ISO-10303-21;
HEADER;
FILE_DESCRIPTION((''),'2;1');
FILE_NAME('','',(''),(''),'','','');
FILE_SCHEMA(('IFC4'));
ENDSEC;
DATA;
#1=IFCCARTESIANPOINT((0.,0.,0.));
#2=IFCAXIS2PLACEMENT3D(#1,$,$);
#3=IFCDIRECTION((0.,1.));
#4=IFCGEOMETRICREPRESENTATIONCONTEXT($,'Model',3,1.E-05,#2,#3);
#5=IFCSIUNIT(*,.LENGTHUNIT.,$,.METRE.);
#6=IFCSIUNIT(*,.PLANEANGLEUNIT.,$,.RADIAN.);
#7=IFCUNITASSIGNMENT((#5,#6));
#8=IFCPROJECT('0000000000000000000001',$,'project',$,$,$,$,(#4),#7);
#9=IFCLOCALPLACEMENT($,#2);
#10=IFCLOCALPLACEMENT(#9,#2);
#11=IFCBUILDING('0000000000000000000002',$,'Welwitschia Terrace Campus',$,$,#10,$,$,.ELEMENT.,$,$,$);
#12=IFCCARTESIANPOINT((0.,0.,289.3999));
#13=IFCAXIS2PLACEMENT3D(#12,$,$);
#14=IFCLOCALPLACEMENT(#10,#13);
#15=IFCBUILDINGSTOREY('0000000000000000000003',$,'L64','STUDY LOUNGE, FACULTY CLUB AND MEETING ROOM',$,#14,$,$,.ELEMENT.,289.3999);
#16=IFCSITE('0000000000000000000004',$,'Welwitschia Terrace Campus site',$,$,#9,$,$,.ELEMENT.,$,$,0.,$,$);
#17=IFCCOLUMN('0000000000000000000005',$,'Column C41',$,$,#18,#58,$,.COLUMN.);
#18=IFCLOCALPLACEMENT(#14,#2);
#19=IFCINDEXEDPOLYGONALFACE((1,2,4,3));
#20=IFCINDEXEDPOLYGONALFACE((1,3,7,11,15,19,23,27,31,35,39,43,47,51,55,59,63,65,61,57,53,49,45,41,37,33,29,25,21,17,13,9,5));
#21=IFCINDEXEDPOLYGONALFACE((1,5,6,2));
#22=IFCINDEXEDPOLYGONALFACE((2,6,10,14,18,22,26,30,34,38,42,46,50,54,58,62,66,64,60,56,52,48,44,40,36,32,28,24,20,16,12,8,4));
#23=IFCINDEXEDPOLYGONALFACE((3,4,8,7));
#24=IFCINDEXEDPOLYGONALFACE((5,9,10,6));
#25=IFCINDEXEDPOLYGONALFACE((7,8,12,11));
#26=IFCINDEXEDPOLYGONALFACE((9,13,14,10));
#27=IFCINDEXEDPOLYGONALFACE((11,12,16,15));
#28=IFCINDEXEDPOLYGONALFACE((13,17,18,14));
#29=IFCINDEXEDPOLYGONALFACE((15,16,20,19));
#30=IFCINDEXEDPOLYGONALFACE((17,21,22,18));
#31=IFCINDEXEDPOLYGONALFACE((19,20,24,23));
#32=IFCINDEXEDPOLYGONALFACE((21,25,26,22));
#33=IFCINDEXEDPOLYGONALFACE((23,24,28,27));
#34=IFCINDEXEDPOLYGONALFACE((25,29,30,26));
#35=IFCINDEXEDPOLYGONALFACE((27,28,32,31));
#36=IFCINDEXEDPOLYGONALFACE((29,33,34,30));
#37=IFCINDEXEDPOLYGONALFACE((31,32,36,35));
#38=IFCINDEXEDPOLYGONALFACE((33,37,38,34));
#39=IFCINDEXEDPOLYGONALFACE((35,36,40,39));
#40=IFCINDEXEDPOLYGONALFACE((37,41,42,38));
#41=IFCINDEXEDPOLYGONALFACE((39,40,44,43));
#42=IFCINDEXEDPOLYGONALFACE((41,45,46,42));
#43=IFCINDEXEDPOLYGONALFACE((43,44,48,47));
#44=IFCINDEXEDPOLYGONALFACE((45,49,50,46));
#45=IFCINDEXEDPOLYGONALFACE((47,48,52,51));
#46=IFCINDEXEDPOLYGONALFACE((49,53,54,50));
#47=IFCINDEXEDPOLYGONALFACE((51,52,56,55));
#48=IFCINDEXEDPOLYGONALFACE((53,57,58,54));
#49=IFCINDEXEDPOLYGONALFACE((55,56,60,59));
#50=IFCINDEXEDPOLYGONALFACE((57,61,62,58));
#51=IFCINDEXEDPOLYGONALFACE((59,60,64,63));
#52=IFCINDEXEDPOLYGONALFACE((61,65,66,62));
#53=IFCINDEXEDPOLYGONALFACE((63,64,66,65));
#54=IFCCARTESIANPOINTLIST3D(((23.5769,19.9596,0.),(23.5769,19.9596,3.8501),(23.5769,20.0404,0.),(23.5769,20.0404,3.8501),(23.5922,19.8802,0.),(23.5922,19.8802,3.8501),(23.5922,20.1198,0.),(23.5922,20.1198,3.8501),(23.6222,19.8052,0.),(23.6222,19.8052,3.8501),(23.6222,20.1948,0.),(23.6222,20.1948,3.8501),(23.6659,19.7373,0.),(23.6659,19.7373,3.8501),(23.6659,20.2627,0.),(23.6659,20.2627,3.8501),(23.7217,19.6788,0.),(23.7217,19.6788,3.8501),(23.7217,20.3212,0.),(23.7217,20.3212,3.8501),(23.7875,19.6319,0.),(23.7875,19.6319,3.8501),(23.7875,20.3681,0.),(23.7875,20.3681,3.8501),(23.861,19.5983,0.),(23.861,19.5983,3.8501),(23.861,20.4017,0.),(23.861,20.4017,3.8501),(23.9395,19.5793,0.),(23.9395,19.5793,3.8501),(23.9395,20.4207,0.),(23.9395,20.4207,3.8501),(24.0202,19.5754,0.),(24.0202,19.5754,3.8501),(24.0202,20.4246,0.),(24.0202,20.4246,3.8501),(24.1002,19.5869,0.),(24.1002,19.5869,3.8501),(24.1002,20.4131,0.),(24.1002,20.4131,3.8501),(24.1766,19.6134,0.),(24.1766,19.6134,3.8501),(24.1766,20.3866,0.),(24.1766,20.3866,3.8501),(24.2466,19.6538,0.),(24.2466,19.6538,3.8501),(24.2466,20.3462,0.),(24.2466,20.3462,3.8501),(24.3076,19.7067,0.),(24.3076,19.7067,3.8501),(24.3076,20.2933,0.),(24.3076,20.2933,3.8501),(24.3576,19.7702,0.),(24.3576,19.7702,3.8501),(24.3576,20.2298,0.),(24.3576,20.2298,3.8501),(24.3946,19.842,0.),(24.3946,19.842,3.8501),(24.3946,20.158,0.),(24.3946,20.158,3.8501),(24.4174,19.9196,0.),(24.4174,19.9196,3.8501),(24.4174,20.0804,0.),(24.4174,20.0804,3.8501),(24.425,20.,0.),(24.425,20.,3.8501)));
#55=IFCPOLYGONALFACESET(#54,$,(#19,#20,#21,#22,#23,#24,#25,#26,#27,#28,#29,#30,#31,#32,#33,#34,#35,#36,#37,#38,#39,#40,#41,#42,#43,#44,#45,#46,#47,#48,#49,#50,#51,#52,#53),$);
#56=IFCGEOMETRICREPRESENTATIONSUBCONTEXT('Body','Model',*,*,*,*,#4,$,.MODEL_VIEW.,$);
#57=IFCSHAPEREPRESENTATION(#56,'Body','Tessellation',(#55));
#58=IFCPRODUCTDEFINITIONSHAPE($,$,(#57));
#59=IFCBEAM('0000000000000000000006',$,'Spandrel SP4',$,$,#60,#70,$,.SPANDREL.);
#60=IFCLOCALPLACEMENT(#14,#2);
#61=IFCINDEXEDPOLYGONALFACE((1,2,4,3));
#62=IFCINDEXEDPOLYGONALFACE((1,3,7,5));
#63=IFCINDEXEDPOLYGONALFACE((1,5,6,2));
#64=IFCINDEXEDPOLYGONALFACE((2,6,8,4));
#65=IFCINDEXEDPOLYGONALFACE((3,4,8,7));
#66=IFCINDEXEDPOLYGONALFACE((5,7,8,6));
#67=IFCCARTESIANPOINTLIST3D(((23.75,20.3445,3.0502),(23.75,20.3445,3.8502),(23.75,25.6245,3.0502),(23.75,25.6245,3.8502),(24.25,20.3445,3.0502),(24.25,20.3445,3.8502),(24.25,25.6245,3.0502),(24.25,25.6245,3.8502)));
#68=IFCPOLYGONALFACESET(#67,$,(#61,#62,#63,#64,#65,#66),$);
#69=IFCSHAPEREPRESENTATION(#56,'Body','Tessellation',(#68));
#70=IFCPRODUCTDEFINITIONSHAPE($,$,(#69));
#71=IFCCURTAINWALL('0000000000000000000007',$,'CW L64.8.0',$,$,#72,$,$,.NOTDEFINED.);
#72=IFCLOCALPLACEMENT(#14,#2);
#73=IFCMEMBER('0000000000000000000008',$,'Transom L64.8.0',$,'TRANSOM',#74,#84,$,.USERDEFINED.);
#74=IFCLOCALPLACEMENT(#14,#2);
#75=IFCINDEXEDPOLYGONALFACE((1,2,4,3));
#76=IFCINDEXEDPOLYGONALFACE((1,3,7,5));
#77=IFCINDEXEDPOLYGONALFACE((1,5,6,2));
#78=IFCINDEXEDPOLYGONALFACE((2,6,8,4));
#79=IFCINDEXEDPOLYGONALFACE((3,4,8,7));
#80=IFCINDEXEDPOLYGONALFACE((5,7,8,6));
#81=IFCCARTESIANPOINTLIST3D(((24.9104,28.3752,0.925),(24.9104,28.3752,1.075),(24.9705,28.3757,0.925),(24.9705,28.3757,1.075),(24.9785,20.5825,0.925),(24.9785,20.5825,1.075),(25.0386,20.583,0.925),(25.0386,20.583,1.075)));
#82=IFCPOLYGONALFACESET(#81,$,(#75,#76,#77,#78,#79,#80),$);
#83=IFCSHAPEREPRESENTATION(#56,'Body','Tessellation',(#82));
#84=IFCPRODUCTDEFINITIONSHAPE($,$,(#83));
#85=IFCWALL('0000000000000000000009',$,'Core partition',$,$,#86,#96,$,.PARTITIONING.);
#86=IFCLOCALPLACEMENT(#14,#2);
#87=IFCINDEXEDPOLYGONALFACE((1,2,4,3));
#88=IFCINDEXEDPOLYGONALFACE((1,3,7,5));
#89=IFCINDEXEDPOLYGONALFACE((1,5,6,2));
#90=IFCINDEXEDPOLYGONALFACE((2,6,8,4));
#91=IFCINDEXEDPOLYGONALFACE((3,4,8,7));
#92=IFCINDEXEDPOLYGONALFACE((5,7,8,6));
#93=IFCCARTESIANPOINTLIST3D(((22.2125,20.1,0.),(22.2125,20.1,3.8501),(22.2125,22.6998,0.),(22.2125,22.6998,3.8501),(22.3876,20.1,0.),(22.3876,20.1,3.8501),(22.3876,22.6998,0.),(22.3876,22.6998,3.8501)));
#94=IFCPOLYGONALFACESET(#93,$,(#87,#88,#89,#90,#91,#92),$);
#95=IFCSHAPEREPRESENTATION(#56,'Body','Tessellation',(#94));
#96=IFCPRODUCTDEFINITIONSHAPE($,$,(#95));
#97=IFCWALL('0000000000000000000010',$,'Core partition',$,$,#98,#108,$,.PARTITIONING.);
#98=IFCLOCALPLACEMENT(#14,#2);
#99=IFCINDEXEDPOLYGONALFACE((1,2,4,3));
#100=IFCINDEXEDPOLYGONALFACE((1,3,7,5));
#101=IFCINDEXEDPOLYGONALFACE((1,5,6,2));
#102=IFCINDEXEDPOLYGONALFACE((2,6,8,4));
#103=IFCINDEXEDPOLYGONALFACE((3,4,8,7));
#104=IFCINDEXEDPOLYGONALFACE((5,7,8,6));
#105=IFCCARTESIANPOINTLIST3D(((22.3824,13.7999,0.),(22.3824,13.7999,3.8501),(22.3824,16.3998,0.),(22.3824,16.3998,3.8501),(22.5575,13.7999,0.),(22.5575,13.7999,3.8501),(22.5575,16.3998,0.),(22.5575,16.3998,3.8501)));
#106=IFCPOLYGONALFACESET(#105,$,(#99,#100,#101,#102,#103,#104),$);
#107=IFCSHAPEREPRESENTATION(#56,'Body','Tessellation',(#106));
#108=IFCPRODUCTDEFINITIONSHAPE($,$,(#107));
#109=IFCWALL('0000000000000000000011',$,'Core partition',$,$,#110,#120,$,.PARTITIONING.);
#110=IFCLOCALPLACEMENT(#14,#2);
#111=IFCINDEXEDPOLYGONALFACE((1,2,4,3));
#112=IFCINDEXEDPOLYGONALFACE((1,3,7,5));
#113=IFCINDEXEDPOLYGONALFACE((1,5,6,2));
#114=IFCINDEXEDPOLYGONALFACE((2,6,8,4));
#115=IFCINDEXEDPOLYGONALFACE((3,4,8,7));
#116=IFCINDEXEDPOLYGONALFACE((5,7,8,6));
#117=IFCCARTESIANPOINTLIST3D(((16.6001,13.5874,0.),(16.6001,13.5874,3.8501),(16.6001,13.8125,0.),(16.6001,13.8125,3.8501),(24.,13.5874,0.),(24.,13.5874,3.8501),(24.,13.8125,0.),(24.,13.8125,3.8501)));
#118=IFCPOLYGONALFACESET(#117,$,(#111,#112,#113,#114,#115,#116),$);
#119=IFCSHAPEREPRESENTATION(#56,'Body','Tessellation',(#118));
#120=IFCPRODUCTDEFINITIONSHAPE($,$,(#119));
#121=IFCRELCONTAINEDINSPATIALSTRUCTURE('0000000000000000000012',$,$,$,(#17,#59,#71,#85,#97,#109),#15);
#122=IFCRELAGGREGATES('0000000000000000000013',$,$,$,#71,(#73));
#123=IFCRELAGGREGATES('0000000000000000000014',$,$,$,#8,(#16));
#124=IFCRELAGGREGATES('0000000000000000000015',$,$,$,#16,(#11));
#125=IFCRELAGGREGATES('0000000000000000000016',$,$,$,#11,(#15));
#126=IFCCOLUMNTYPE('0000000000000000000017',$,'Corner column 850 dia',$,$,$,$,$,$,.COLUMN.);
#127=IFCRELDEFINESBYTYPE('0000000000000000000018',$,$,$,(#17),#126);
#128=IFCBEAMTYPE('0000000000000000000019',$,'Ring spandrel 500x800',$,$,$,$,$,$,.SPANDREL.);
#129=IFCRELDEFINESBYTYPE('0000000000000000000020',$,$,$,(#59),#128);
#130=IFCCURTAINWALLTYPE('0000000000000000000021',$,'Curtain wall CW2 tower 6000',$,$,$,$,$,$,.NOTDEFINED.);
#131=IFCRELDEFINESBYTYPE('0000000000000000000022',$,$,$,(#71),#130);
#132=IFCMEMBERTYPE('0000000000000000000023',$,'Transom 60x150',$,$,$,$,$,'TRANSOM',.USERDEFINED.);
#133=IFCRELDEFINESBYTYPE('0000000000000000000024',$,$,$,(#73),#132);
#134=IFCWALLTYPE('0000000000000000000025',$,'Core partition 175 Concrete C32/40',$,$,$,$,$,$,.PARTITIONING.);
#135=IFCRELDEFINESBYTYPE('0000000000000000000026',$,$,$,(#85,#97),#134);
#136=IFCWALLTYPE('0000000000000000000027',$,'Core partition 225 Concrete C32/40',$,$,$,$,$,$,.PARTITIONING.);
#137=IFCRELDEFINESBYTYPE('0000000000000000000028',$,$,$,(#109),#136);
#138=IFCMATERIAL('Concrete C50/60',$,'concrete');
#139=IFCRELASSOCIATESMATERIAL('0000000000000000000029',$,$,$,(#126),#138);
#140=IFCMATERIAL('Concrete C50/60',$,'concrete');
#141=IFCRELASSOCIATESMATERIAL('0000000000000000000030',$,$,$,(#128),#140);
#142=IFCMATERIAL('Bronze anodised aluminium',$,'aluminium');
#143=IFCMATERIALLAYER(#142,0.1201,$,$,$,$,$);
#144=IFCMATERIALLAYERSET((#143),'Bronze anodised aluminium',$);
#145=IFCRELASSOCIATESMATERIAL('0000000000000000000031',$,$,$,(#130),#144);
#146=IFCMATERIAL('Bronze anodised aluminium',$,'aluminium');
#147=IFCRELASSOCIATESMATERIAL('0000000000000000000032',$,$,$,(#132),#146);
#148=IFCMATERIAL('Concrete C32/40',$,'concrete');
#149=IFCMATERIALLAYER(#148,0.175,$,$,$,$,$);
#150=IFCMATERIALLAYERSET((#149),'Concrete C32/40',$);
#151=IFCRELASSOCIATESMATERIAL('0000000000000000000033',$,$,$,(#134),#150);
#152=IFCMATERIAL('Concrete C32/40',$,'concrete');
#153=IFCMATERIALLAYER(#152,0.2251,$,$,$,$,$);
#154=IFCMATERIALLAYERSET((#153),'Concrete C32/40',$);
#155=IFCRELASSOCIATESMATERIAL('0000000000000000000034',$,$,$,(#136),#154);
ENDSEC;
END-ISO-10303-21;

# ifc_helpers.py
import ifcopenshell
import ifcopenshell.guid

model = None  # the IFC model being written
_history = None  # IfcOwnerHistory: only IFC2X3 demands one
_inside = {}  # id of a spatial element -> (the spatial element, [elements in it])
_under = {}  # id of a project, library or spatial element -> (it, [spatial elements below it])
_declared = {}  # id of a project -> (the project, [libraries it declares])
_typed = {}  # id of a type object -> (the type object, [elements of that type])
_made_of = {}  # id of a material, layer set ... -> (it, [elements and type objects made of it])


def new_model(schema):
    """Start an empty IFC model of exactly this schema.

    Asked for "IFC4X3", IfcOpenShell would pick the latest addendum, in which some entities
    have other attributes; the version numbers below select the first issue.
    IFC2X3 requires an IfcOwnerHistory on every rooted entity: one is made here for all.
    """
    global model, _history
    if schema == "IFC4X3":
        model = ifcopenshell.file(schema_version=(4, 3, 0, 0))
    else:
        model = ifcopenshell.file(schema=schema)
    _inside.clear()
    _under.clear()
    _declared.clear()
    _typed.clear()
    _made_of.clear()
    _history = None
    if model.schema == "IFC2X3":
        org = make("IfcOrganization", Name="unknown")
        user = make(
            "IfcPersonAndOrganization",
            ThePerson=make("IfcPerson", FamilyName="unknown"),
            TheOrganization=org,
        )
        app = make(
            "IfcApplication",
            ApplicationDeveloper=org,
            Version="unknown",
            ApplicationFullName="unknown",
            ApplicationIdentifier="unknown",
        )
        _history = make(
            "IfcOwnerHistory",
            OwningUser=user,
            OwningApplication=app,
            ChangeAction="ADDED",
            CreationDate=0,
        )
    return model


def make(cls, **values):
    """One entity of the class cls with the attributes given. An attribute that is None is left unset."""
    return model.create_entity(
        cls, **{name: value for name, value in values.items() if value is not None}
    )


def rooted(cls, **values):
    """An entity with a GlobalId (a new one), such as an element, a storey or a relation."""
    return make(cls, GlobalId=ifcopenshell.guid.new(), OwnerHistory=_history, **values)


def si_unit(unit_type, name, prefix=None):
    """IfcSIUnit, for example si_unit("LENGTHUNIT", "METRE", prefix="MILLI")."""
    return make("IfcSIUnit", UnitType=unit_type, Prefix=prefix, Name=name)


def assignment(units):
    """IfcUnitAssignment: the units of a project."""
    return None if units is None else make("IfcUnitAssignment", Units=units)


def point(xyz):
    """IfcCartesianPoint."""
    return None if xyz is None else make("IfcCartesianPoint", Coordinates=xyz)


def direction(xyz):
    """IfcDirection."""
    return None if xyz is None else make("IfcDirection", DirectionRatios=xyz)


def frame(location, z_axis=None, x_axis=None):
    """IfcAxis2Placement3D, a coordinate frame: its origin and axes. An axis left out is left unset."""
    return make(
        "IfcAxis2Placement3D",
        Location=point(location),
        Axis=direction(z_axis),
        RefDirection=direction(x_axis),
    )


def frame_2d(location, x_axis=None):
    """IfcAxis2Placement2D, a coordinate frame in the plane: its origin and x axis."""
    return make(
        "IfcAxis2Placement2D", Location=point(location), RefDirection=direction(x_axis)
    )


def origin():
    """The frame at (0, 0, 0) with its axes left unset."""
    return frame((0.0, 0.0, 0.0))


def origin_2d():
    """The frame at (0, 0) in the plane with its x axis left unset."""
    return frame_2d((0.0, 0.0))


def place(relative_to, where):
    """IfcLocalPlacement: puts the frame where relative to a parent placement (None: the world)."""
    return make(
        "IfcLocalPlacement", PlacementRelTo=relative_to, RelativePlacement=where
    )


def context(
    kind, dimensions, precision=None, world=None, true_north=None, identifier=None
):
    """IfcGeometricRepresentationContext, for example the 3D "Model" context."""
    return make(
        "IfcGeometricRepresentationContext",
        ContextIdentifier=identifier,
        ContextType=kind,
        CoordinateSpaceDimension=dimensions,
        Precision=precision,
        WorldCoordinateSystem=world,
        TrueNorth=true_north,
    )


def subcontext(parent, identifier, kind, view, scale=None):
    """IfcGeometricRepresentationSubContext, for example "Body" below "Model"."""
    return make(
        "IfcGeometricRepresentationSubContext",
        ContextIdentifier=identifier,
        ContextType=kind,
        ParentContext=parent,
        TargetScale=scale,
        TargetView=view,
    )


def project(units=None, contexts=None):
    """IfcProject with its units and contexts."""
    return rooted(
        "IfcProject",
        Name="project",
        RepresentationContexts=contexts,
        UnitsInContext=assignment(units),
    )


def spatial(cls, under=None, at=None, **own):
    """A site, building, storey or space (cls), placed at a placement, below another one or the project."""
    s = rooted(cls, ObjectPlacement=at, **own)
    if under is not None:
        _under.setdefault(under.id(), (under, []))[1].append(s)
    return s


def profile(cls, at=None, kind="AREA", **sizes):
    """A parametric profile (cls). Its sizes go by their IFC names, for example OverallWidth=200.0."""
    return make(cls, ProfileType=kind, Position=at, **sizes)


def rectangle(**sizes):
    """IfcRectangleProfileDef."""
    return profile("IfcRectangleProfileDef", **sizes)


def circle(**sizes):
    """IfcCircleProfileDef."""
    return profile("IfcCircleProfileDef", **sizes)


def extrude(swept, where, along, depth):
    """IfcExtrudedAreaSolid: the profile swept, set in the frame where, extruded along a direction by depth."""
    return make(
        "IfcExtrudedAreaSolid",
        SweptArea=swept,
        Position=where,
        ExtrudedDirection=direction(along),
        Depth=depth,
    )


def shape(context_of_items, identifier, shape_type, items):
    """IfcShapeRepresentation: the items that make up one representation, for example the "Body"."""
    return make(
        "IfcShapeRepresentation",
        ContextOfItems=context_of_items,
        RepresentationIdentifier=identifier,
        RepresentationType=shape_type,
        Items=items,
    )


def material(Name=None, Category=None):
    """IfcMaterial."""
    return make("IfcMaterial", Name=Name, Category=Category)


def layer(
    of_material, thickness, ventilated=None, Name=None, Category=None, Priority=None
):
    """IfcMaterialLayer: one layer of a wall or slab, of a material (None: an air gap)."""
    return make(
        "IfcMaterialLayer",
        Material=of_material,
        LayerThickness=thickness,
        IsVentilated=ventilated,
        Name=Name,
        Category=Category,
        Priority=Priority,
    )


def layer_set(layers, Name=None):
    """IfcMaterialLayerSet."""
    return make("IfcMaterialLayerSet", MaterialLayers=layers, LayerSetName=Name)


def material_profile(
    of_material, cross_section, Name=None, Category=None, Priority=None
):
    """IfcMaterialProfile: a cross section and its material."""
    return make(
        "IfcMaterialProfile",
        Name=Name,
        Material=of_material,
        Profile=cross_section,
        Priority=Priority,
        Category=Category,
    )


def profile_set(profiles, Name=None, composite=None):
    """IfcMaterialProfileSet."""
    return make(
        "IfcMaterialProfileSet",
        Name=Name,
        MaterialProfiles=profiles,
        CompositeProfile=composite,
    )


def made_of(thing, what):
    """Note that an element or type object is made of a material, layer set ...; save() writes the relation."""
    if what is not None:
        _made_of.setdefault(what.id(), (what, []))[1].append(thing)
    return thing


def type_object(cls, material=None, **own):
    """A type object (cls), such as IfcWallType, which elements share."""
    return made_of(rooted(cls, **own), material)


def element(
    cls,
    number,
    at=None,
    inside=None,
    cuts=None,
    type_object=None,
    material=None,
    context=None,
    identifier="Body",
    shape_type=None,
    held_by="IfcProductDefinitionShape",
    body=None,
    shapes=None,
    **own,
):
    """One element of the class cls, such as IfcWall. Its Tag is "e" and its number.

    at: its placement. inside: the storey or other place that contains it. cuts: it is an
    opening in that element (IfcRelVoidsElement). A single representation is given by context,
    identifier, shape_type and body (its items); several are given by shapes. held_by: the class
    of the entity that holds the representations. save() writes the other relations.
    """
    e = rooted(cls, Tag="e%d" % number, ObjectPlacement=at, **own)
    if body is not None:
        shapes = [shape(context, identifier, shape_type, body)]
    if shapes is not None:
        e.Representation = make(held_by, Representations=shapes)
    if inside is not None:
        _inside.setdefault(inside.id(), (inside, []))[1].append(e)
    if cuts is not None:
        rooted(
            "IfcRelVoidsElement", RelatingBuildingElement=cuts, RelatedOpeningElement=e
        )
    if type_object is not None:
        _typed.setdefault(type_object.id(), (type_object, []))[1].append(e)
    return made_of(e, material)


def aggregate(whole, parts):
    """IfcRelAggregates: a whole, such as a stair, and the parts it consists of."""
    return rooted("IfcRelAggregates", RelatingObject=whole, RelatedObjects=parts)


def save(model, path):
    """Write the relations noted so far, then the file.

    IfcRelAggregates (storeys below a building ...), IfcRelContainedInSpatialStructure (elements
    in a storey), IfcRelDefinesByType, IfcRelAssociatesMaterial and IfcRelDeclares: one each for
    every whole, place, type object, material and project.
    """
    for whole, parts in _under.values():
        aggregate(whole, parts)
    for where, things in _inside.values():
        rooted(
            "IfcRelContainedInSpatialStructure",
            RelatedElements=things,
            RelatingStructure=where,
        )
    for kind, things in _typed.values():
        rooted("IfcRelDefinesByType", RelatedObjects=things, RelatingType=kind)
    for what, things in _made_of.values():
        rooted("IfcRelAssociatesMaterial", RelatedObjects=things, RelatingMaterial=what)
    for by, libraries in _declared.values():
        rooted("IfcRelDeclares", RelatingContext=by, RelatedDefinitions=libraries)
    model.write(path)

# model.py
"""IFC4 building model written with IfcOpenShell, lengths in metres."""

from ifc_helpers import new_model, si_unit, direction, frame, frame_2d, origin, origin_2d, place, context, subcontext, project, spatial, rectangle, circle, extrude, material, layer, layer_set, material_profile, profile_set, type_object, element, aggregate, save


model = new_model("IFC4")

# Units and contexts
model_context = context("Model", 3, precision=1e-05, world=origin(), true_north=direction((0.0, 1.0)))
body_context = subcontext(model_context, "Body", "Model", "MODEL_VIEW")
ifc_project = project(units=[si_unit("LENGTHUNIT", "METRE"), si_unit("PLANEANGLEUNIT", "RADIAN")], contexts=[model_context])

# Site, building, storey
site_placement = place(None, origin())
site = spatial("IfcSite", under=ifc_project, at=site_placement, Name="Welwitschia Terrace Campus site", CompositionType="ELEMENT", RefElevation=0.0)
building_placement = place(site_placement, origin())
building = spatial("IfcBuilding", under=site, at=building_placement, Name="Welwitschia Terrace Campus", CompositionType="ELEMENT")
storey_placement = place(building_placement, frame((0.0, 0.0, 289.3999)))
storey = spatial("IfcBuildingStorey", under=building, at=storey_placement, Name="L64", Description="STUDY LOUNGE, FACULTY CLUB AND MEETING ROOM", CompositionType="ELEMENT", Elevation=289.3999)

# Column
ifc_material_1 = material(Name="Concrete C50/60", Category="concrete")
ifc_material_profile_1 = material_profile(ifc_material_1, circle(Radius=0.425, at=origin_2d()))
ifc_profile_set_1 = profile_set([ifc_material_profile_1], Name="Concrete C50/60")
column_type = type_object("IfcColumnType", Name="Corner column 850 dia", PredefinedType="COLUMN", material=ifc_profile_set_1)
column_placement = place(storey_placement, frame((24.0, 20.0, 0.0), z_axis=(0.0, 0.0, 1.0), x_axis=(1.0, 0.0, 0.0)))
element("IfcColumn", 1, at=column_placement, inside=storey, type_object=column_type, Name="Column C41", PredefinedType="COLUMN", context=body_context, shape_type="SweptSolid", body=[
    extrude(circle(Radius=0.425, at=origin_2d()), origin(), (0.0, 0.0, 1.0), 3.8501),
])

# Beam
ifc_material_2 = material(Name="Concrete C50/60", Category="concrete")
ifc_material_profile_2 = material_profile(ifc_material_2, rectangle(XDim=0.5, YDim=0.8, at=origin_2d()))
ifc_profile_set_2 = profile_set([ifc_material_profile_2], Name="Concrete C50/60")
beam_type = type_object("IfcBeamType", Name="Ring spandrel 500x800", PredefinedType="SPANDREL", material=ifc_profile_set_2)
beam_placement = place(storey_placement, frame((24.0, 20.3445, 3.4502), z_axis=(0.0, 1.0, 0.0), x_axis=(-1.0, 0.0, 0.0)))
element("IfcBeam", 2, at=beam_placement, inside=storey, type_object=beam_type, Name="Spandrel SP4", PredefinedType="SPANDREL", context=body_context, shape_type="SweptSolid", body=[
    extrude(rectangle(XDim=0.5, YDim=0.8, at=origin_2d()), origin(), (0.0, 0.0, 1.0), 5.28),
])

# Curtain wall, member
ifc_material_3 = material(Name="Bronze anodised aluminium", Category="aluminium")
ifc_layer_1 = layer(ifc_material_3, 0.1201)
ifc_layer_set_1 = layer_set([ifc_layer_1], Name="Bronze anodised aluminium")
curtain_wall_type = type_object("IfcCurtainWallType", Name="Curtain wall CW2 tower 6000", PredefinedType="NOTDEFINED", material=ifc_layer_set_1)
curtain_wall_placement = place(storey_placement, origin())
curtain_wall = element("IfcCurtainWall", 3, at=curtain_wall_placement, inside=storey, type_object=curtain_wall_type, Name="CW L64.8.0", PredefinedType="NOTDEFINED")
ifc_material_4 = material(Name="Bronze anodised aluminium", Category="aluminium")
ifc_material_profile_3 = material_profile(ifc_material_4, rectangle(XDim=0.0601, YDim=0.1499, at=origin_2d()))
ifc_profile_set_3 = profile_set([ifc_material_profile_3], Name="Bronze anodised aluminium")
member_type = type_object("IfcMemberType", Name="Transom 60x150", ElementType="TRANSOM", PredefinedType="USERDEFINED", material=ifc_profile_set_3)
member_placement = place(storey_placement, frame((25.0085, 20.5828, 1.0), z_axis=(-0.008741, 0.999962, 0.0), x_axis=(-0.999962, -0.008741, 0.0)))
member = element("IfcMember", 4, at=member_placement, type_object=member_type, Name="Transom L64.8.0", ObjectType="TRANSOM", PredefinedType="USERDEFINED", context=body_context, shape_type="SweptSolid", body=[
    extrude(rectangle(XDim=0.0601, YDim=0.1499, at=origin_2d()), origin(), (0.0, 0.0, 1.0), 7.793),
])
aggregate(curtain_wall, [member])

# Walls
ifc_material_5 = material(Name="Concrete C32/40", Category="concrete")
ifc_layer_2 = layer(ifc_material_5, 0.175)
ifc_layer_set_2 = layer_set([ifc_layer_2], Name="Concrete C32/40")
wall_type_1 = type_object("IfcWallType", Name="Core partition 175 Concrete C32/40", PredefinedType="PARTITIONING", material=ifc_layer_set_2)
for number, where, z_axis, x_axis, name in (
    (5, (22.3, 20.1001, 0.0), (0.0, 0.0, 1.0), (0.0, 1.0, 0.0), "Core partition"),
    (6, (22.47, 13.8, 0.0), (0.0, 0.0, 1.0), (0.0, 1.0, 0.0), "Core partition"),
):
    element("IfcWall", number, at=place(storey_placement, frame(where, z_axis=z_axis, x_axis=x_axis)), inside=storey, type_object=wall_type_1, Name=name, PredefinedType="PARTITIONING", context=body_context, shape_type="SweptSolid", body=[
        extrude(rectangle(XDim=2.5999, YDim=0.175, at=frame_2d((1.2998, 0.0))), origin(), (0.0, 0.0, 1.0), 3.8501),
    ])
ifc_material_6 = material(Name="Concrete C32/40", Category="concrete")
ifc_layer_3 = layer(ifc_material_6, 0.2251)
ifc_layer_set_3 = layer_set([ifc_layer_3], Name="Concrete C32/40")
wall_type_2 = type_object("IfcWallType", Name="Core partition 225 Concrete C32/40", PredefinedType="PARTITIONING", material=ifc_layer_set_3)
wall_1_placement = place(storey_placement, frame((16.6001, 13.7, 0.0), z_axis=(0.0, 0.0, 1.0), x_axis=(1.0, 0.0, 0.0)))
element("IfcWall", 7, at=wall_1_placement, inside=storey, type_object=wall_type_2, Name="Core partition", PredefinedType="PARTITIONING", context=body_context, shape_type="SweptSolid", body=[
    extrude(rectangle(XDim=7.3999, YDim=0.2251, at=frame_2d((3.7, 0.0))), origin(), (0.0, 0.0, 1.0), 3.8501),
])

save(model, "model.ifc")
